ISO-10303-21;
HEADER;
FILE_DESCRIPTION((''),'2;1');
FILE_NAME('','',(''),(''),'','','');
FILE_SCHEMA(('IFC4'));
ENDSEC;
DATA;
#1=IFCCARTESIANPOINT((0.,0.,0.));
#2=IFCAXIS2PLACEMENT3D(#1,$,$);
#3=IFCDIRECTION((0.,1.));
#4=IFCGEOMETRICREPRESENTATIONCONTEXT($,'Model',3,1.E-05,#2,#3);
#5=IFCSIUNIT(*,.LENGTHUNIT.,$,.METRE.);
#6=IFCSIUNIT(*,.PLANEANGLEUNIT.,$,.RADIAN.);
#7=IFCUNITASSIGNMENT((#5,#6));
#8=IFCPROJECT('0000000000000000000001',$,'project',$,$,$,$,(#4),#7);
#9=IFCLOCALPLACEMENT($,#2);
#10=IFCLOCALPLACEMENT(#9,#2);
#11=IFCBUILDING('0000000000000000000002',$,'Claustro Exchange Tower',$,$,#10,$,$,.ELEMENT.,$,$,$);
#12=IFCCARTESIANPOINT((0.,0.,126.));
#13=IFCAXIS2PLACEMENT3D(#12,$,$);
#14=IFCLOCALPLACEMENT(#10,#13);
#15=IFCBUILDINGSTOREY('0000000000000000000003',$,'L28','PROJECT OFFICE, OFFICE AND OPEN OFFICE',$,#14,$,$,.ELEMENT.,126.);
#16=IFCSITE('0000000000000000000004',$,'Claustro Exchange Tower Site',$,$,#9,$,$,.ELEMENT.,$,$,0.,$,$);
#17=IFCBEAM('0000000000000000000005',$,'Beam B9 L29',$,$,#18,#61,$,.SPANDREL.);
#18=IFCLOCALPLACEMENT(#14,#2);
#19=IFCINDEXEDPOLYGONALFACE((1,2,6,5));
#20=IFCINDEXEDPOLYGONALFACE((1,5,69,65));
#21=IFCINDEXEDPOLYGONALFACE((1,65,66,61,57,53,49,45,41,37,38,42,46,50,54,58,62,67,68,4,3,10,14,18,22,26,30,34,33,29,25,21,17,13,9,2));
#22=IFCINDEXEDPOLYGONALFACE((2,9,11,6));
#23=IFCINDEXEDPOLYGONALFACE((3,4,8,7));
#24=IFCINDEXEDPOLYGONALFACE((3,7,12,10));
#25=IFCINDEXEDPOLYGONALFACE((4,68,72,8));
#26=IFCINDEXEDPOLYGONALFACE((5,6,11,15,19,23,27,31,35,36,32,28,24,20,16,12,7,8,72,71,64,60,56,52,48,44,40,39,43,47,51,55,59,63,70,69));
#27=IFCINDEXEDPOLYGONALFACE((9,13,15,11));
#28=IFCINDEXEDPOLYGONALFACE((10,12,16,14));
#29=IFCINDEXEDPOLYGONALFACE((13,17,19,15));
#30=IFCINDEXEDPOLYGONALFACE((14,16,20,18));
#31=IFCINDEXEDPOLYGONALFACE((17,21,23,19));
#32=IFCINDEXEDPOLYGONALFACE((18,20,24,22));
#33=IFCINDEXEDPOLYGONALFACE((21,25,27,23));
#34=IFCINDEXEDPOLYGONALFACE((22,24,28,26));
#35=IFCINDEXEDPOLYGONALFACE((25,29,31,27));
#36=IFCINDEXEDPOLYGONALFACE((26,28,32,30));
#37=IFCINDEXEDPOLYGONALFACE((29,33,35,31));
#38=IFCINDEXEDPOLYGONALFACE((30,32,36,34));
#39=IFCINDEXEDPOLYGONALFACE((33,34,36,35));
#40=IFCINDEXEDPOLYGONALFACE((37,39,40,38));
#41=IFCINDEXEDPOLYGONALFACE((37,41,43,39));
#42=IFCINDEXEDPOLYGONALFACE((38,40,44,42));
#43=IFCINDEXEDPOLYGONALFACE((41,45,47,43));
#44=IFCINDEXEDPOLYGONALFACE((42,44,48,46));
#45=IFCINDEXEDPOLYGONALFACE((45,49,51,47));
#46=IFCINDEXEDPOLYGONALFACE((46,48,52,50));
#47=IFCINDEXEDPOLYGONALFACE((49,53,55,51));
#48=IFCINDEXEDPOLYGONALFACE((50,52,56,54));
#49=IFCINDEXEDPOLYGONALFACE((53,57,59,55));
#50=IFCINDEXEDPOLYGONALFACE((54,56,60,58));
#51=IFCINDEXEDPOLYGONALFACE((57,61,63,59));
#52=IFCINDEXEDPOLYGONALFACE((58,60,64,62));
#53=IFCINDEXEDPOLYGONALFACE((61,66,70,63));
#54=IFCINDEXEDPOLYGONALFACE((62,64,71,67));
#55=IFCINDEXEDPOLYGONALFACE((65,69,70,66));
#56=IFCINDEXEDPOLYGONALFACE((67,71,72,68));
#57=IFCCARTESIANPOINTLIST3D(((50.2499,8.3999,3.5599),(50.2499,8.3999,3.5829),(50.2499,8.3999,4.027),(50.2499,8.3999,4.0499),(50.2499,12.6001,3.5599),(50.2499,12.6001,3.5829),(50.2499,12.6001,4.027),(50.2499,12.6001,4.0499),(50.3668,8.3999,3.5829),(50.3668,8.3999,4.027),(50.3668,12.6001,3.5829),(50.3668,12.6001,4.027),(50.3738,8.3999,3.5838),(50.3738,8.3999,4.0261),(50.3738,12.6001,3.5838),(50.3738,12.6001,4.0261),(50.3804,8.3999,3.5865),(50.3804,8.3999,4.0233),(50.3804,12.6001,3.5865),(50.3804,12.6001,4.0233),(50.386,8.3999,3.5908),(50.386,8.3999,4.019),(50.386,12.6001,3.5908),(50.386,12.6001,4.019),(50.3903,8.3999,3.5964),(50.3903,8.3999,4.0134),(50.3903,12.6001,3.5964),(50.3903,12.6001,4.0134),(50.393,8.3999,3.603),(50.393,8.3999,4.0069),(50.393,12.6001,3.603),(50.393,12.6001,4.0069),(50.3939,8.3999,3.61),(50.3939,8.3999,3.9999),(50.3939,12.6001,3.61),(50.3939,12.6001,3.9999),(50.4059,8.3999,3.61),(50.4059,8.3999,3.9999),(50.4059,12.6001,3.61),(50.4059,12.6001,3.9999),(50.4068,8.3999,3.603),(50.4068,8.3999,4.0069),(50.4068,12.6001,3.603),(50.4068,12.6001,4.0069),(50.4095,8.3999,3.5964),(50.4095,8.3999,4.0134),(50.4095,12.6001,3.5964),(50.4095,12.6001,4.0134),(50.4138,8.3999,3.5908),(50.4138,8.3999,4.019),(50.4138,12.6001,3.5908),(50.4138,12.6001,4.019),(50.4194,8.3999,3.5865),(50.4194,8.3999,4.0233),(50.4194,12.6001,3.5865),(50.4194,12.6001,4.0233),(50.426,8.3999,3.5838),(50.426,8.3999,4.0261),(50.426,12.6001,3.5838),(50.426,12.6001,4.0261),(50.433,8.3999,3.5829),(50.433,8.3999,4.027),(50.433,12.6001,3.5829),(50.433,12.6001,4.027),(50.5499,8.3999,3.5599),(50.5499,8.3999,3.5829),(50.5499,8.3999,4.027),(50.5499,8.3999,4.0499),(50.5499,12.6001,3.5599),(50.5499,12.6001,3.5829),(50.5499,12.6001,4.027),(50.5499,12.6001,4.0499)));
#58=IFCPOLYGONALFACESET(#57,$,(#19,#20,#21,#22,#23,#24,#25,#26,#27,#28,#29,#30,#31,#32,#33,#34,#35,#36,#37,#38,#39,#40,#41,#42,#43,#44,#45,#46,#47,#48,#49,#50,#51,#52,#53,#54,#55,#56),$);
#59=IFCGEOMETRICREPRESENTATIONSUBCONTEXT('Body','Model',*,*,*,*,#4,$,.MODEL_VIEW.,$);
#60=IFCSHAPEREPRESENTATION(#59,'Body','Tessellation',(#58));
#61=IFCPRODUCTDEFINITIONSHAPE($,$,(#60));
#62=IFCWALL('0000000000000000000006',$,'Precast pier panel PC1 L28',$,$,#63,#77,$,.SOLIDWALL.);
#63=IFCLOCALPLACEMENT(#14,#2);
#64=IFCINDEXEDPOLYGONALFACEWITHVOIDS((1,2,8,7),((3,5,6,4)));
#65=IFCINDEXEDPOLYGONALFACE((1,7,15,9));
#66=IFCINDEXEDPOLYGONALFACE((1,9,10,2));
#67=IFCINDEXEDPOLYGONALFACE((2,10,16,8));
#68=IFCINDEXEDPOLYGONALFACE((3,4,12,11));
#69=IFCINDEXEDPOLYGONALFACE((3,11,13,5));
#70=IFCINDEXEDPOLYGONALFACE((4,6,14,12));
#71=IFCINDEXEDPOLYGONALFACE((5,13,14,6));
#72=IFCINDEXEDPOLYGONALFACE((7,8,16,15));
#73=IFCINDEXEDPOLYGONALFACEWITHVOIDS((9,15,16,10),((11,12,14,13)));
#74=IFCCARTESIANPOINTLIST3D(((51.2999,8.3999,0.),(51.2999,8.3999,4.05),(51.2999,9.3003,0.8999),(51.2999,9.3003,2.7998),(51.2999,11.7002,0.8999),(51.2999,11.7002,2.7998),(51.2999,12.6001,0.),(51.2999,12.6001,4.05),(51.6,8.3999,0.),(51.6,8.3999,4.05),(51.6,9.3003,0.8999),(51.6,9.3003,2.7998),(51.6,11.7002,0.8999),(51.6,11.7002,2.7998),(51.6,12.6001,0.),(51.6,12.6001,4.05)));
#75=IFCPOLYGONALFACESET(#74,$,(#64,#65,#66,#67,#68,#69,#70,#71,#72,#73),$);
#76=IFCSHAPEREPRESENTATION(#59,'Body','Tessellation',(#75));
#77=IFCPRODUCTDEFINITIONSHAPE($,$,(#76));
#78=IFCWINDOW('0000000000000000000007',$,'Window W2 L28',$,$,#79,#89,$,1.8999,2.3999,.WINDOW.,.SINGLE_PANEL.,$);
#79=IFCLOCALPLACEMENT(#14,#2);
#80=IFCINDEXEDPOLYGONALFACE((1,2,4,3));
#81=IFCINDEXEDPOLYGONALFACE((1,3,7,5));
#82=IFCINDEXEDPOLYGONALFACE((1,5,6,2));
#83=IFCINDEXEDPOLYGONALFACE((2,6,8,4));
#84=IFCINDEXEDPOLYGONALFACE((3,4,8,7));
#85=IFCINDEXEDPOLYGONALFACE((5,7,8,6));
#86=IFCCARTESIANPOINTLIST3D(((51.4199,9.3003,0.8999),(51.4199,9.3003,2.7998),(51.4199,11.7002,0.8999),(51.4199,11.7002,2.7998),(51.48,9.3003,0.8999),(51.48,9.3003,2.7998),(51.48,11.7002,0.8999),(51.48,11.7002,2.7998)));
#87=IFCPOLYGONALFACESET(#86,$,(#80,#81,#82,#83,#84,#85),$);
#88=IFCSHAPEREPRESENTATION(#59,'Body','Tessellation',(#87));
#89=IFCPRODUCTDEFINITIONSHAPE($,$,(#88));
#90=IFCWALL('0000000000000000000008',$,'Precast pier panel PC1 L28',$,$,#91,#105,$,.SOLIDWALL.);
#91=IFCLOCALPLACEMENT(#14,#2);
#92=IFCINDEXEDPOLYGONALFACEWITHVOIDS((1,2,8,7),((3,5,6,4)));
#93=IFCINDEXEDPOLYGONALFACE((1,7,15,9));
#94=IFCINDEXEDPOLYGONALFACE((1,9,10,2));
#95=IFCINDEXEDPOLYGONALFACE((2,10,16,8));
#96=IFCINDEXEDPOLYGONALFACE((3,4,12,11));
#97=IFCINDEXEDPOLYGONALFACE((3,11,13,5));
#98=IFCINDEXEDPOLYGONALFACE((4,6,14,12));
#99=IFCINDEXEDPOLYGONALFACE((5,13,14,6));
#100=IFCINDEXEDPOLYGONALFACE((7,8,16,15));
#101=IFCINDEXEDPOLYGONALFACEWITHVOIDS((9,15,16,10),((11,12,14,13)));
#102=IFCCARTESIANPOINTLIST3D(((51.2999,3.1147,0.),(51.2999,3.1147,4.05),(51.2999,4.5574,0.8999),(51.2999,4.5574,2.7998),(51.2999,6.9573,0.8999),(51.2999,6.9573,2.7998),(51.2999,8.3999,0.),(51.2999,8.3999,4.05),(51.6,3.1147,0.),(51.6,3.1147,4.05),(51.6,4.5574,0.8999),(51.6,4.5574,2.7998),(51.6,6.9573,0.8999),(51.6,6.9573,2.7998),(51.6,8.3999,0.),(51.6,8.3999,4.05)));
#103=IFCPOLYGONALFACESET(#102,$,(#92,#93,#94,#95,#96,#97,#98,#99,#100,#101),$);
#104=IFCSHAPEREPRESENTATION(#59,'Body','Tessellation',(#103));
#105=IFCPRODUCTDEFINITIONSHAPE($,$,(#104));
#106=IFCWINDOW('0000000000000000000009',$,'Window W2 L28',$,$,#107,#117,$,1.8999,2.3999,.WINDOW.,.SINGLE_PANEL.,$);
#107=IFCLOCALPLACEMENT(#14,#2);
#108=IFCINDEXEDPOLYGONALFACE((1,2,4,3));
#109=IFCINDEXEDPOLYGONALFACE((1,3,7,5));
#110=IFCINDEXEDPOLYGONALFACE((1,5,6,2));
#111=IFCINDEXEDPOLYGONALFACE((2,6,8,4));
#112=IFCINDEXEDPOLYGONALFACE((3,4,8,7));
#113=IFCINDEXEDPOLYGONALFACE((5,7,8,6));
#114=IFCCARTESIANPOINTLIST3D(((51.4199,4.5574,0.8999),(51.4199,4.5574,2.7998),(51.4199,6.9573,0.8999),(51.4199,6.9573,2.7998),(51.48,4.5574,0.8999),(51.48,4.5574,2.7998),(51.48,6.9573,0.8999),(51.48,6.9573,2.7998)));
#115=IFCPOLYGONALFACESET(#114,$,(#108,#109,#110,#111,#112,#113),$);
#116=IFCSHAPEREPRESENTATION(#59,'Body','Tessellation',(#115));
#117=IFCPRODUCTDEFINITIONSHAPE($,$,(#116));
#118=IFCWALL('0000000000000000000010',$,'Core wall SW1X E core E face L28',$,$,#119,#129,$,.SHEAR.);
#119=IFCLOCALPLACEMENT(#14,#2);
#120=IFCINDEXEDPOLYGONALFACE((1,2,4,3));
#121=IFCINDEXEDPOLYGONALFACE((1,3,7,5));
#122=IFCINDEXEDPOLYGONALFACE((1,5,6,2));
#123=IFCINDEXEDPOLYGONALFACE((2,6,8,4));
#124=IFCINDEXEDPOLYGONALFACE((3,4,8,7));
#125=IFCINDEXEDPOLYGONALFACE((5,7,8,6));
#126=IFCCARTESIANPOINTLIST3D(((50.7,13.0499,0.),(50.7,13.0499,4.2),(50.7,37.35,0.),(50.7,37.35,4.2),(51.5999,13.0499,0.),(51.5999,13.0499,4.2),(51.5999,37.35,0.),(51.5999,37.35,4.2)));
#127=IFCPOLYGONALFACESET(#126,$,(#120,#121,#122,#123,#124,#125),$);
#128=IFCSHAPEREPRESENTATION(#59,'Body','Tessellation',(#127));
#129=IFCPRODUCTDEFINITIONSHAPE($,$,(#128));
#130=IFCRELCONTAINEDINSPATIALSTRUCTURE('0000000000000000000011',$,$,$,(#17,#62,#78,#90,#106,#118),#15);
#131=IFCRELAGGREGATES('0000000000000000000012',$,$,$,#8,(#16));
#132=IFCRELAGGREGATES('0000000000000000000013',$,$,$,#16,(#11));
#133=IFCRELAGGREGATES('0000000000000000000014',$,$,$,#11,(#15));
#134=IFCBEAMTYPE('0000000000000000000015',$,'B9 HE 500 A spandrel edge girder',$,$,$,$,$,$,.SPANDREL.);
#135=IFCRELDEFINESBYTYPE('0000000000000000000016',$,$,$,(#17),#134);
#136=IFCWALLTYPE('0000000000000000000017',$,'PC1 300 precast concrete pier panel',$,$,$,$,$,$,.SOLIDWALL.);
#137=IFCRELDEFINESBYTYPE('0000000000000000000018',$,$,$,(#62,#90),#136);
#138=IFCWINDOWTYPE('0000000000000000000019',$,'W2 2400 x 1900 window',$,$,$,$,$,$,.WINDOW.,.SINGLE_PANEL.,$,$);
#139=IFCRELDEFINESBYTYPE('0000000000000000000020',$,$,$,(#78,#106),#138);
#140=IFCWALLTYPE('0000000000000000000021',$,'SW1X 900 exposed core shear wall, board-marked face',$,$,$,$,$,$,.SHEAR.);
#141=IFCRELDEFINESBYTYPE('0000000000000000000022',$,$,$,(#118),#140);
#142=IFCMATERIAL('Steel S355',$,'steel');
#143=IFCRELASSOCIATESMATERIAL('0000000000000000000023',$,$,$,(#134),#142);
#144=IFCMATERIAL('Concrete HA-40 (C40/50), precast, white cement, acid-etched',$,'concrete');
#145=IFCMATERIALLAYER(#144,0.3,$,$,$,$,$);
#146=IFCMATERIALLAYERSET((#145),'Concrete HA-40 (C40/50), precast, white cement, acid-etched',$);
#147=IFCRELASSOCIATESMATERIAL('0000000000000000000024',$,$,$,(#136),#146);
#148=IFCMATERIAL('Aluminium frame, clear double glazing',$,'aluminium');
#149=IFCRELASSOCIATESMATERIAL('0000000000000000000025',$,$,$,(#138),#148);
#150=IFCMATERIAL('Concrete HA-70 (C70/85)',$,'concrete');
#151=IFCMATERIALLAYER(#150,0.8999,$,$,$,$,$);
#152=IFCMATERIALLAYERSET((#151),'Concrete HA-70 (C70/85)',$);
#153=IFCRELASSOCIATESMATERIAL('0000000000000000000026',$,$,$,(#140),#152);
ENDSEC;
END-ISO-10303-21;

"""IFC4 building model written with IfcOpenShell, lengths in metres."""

from ifc_helpers import new_model, si_unit, direction, frame, frame_2d, origin, origin_2d, place, context, subcontext, project, spatial, rectangle, i_section, extrude, material, layer, layer_set, material_profile, profile_set, type_object, element, fill, save


model = new_model("IFC4")

# Units and contexts
model_context = context("Model", 3, precision=1e-05, world=origin(), true_north=direction((0.0, 1.0)))
body_context = subcontext(model_context, "Body", "Model", "MODEL_VIEW")
ifc_project = project(units=[si_unit("LENGTHUNIT", "METRE"), si_unit("PLANEANGLEUNIT", "RADIAN")], contexts=[model_context])

# Site, building, storey
site_placement = place(None, origin())
site = spatial("IfcSite", under=ifc_project, at=site_placement, Name="Claustro Exchange Tower Site", CompositionType="ELEMENT", RefElevation=0.0)
building_placement = place(site_placement, origin())
building = spatial("IfcBuilding", under=site, at=building_placement, Name="Claustro Exchange Tower", CompositionType="ELEMENT")
storey_placement = place(building_placement, frame((0.0, 0.0, 126.0)))
storey = spatial("IfcBuildingStorey", under=building, at=storey_placement, Name="L28", Description="PROJECT OFFICE, OFFICE AND OPEN OFFICE", CompositionType="ELEMENT", Elevation=126.0)

# Beam
ifc_material_1 = material(Name="Steel S355", Category="steel")
ifc_material_profile_1 = material_profile(ifc_material_1, i_section(OverallWidth=0.3, OverallDepth=0.49, WebThickness=0.012, FlangeThickness=0.0229, FilletRadius=0.0271, at=origin_2d()), Name="HE 500 A")
ifc_profile_set_1 = profile_set([ifc_material_profile_1], Name="Steel S355")
beam_type_1 = type_object("IfcBeamType", Name="B9 HE 500 A spandrel edge girder", PredefinedType="SPANDREL", material=ifc_profile_set_1)
beam_1_placement = place(storey_placement, frame((50.3999, 8.3999, 3.8049), z_axis=(0.0, 1.0, 0.0), x_axis=(-1.0, 0.0, 0.0)))
element("IfcBeam", 1, at=beam_1_placement, inside=storey, type_object=beam_type_1, Name="Beam B9 L29", PredefinedType="SPANDREL", context=body_context, shape_type="SweptSolid", body=[
    extrude(i_section(OverallWidth=0.3, OverallDepth=0.49, WebThickness=0.012, FlangeThickness=0.0229, FilletRadius=0.0271, at=origin_2d()), origin(), (0.0, 0.0, 1.0), 4.2002),
])

# Walls, openings, windows
ifc_material_2 = material(Name="Concrete HA-40 (C40/50), precast, white cement, acid-etched", Category="concrete")
ifc_layer_1 = layer(ifc_material_2, 0.3)
ifc_layer_set_1 = layer_set([ifc_layer_1], Name="Concrete HA-40 (C40/50), precast, white cement, acid-etched")
wall_type_1 = type_object("IfcWallType", Name="PC1 300 precast concrete pier panel", PredefinedType="SOLIDWALL", material=ifc_layer_set_1)
wall_1_placement = place(storey_placement, frame((51.45, 12.6001, 0.0), z_axis=(0.0, 0.0, 1.0), x_axis=(0.0, -1.0, 0.0)))
wall_1 = element("IfcWall", 2, at=wall_1_placement, inside=storey, type_object=wall_type_1, Name="Precast pier panel PC1 L28", PredefinedType="SOLIDWALL", context=body_context, shape_type="SweptSolid", body=[
    extrude(rectangle(XDim=4.2002, YDim=0.3, at=frame_2d((2.1001, 0.0))), origin(), (0.0, 0.0, 1.0), 4.05),
])
opening_1_placement = place(wall_1_placement, frame((0.8999, 0.0, 0.8999)))
opening_1 = element("IfcOpeningElement", 3, at=opening_1_placement, cuts=wall_1, PredefinedType="OPENING", context=body_context, shape_type="SweptSolid", body=[
    extrude(rectangle(XDim=2.3999, YDim=1.8999, at=frame_2d((1.2, 0.95))), frame((0.0, 0.1599, 0.0), z_axis=(0.0, -1.0, 0.0), x_axis=(1.0, 0.0, 0.0)), (0.0, 0.0, 1.0), 0.3201),
])
ifc_material_3 = material(Name="Aluminium frame, clear double glazing", Category="aluminium")
window_type = type_object("IfcWindowType", Name="W2 2400 x 1900 window", PartitioningType="SINGLE_PANEL", PredefinedType="WINDOW", material=ifc_material_3)
window_1_placement = place(opening_1_placement, origin())
window_1 = element("IfcWindow", 4, at=window_1_placement, inside=storey, type_object=window_type, Name="Window W2 L28", OverallHeight=1.8999, OverallWidth=2.3999, PartitioningType="SINGLE_PANEL", PredefinedType="WINDOW", context=body_context, shape_type="SweptSolid", body=[
    extrude(rectangle(XDim=2.3999, YDim=1.8999, at=frame_2d((1.2, 0.95))), frame((0.0, 0.03, 0.0), z_axis=(0.0, -1.0, 0.0), x_axis=(1.0, 0.0, 0.0)), (0.0, 0.0, 1.0), 0.0601),
])
fill(opening_1, window_1)
wall_2_placement = place(storey_placement, frame((51.45, 8.3999, 0.0), z_axis=(0.0, 0.0, 1.0), x_axis=(0.0, -1.0, 0.0)))
wall_2 = element("IfcWall", 5, at=wall_2_placement, inside=storey, type_object=wall_type_1, Name="Precast pier panel PC1 L28", PredefinedType="SOLIDWALL", context=body_context, shape_type="SweptSolid", body=[
    extrude(rectangle(XDim=5.2852, YDim=0.3, at=frame_2d((2.6426, 0.0))), origin(), (0.0, 0.0, 1.0), 4.05),
])
opening_2_placement = place(wall_2_placement, frame((1.4426, 0.0, 0.8999)))
opening_2 = element("IfcOpeningElement", 6, at=opening_2_placement, cuts=wall_2, PredefinedType="OPENING", context=body_context, shape_type="SweptSolid", body=[
    extrude(rectangle(XDim=2.3999, YDim=1.8999, at=frame_2d((1.2, 0.95))), frame((0.0, 0.1599, 0.0), z_axis=(0.0, -1.0, 0.0), x_axis=(1.0, 0.0, 0.0)), (0.0, 0.0, 1.0), 0.3201),
])
window_2_placement = place(opening_2_placement, origin())
window_2 = element("IfcWindow", 7, at=window_2_placement, inside=storey, type_object=window_type, Name="Window W2 L28", OverallHeight=1.8999, OverallWidth=2.3999, PartitioningType="SINGLE_PANEL", PredefinedType="WINDOW", context=body_context, shape_type="SweptSolid", body=[
    extrude(rectangle(XDim=2.3999, YDim=1.8999, at=frame_2d((1.2, 0.95))), frame((0.0, 0.03, 0.0), z_axis=(0.0, -1.0, 0.0), x_axis=(1.0, 0.0, 0.0)), (0.0, 0.0, 1.0), 0.0601),
])
fill(opening_2, window_2)

# Wall
ifc_material_4 = material(Name="Concrete HA-70 (C70/85)", Category="concrete")
ifc_layer_2 = layer(ifc_material_4, 0.8999)
ifc_layer_set_2 = layer_set([ifc_layer_2], Name="Concrete HA-70 (C70/85)")
wall_type_2 = type_object("IfcWallType", Name="SW1X 900 exposed core shear wall, board-marked face", PredefinedType="SHEAR", material=ifc_layer_set_2)
wall_3_placement = place(storey_placement, frame((51.1499, 13.05, 0.0), z_axis=(0.0, 0.0, 1.0), x_axis=(0.0, 1.0, 0.0)))
element("IfcWall", 8, at=wall_3_placement, inside=storey, type_object=wall_type_2, Name="Core wall SW1X E core E face L28", PredefinedType="SHEAR", context=body_context, shape_type="SweptSolid", body=[
    extrude(rectangle(XDim=24.3, YDim=0.8999, at=frame_2d((12.1499, 0.0))), origin(), (0.0, 0.0, 1.0), 4.2),
])

save(model, "model.ifc")
